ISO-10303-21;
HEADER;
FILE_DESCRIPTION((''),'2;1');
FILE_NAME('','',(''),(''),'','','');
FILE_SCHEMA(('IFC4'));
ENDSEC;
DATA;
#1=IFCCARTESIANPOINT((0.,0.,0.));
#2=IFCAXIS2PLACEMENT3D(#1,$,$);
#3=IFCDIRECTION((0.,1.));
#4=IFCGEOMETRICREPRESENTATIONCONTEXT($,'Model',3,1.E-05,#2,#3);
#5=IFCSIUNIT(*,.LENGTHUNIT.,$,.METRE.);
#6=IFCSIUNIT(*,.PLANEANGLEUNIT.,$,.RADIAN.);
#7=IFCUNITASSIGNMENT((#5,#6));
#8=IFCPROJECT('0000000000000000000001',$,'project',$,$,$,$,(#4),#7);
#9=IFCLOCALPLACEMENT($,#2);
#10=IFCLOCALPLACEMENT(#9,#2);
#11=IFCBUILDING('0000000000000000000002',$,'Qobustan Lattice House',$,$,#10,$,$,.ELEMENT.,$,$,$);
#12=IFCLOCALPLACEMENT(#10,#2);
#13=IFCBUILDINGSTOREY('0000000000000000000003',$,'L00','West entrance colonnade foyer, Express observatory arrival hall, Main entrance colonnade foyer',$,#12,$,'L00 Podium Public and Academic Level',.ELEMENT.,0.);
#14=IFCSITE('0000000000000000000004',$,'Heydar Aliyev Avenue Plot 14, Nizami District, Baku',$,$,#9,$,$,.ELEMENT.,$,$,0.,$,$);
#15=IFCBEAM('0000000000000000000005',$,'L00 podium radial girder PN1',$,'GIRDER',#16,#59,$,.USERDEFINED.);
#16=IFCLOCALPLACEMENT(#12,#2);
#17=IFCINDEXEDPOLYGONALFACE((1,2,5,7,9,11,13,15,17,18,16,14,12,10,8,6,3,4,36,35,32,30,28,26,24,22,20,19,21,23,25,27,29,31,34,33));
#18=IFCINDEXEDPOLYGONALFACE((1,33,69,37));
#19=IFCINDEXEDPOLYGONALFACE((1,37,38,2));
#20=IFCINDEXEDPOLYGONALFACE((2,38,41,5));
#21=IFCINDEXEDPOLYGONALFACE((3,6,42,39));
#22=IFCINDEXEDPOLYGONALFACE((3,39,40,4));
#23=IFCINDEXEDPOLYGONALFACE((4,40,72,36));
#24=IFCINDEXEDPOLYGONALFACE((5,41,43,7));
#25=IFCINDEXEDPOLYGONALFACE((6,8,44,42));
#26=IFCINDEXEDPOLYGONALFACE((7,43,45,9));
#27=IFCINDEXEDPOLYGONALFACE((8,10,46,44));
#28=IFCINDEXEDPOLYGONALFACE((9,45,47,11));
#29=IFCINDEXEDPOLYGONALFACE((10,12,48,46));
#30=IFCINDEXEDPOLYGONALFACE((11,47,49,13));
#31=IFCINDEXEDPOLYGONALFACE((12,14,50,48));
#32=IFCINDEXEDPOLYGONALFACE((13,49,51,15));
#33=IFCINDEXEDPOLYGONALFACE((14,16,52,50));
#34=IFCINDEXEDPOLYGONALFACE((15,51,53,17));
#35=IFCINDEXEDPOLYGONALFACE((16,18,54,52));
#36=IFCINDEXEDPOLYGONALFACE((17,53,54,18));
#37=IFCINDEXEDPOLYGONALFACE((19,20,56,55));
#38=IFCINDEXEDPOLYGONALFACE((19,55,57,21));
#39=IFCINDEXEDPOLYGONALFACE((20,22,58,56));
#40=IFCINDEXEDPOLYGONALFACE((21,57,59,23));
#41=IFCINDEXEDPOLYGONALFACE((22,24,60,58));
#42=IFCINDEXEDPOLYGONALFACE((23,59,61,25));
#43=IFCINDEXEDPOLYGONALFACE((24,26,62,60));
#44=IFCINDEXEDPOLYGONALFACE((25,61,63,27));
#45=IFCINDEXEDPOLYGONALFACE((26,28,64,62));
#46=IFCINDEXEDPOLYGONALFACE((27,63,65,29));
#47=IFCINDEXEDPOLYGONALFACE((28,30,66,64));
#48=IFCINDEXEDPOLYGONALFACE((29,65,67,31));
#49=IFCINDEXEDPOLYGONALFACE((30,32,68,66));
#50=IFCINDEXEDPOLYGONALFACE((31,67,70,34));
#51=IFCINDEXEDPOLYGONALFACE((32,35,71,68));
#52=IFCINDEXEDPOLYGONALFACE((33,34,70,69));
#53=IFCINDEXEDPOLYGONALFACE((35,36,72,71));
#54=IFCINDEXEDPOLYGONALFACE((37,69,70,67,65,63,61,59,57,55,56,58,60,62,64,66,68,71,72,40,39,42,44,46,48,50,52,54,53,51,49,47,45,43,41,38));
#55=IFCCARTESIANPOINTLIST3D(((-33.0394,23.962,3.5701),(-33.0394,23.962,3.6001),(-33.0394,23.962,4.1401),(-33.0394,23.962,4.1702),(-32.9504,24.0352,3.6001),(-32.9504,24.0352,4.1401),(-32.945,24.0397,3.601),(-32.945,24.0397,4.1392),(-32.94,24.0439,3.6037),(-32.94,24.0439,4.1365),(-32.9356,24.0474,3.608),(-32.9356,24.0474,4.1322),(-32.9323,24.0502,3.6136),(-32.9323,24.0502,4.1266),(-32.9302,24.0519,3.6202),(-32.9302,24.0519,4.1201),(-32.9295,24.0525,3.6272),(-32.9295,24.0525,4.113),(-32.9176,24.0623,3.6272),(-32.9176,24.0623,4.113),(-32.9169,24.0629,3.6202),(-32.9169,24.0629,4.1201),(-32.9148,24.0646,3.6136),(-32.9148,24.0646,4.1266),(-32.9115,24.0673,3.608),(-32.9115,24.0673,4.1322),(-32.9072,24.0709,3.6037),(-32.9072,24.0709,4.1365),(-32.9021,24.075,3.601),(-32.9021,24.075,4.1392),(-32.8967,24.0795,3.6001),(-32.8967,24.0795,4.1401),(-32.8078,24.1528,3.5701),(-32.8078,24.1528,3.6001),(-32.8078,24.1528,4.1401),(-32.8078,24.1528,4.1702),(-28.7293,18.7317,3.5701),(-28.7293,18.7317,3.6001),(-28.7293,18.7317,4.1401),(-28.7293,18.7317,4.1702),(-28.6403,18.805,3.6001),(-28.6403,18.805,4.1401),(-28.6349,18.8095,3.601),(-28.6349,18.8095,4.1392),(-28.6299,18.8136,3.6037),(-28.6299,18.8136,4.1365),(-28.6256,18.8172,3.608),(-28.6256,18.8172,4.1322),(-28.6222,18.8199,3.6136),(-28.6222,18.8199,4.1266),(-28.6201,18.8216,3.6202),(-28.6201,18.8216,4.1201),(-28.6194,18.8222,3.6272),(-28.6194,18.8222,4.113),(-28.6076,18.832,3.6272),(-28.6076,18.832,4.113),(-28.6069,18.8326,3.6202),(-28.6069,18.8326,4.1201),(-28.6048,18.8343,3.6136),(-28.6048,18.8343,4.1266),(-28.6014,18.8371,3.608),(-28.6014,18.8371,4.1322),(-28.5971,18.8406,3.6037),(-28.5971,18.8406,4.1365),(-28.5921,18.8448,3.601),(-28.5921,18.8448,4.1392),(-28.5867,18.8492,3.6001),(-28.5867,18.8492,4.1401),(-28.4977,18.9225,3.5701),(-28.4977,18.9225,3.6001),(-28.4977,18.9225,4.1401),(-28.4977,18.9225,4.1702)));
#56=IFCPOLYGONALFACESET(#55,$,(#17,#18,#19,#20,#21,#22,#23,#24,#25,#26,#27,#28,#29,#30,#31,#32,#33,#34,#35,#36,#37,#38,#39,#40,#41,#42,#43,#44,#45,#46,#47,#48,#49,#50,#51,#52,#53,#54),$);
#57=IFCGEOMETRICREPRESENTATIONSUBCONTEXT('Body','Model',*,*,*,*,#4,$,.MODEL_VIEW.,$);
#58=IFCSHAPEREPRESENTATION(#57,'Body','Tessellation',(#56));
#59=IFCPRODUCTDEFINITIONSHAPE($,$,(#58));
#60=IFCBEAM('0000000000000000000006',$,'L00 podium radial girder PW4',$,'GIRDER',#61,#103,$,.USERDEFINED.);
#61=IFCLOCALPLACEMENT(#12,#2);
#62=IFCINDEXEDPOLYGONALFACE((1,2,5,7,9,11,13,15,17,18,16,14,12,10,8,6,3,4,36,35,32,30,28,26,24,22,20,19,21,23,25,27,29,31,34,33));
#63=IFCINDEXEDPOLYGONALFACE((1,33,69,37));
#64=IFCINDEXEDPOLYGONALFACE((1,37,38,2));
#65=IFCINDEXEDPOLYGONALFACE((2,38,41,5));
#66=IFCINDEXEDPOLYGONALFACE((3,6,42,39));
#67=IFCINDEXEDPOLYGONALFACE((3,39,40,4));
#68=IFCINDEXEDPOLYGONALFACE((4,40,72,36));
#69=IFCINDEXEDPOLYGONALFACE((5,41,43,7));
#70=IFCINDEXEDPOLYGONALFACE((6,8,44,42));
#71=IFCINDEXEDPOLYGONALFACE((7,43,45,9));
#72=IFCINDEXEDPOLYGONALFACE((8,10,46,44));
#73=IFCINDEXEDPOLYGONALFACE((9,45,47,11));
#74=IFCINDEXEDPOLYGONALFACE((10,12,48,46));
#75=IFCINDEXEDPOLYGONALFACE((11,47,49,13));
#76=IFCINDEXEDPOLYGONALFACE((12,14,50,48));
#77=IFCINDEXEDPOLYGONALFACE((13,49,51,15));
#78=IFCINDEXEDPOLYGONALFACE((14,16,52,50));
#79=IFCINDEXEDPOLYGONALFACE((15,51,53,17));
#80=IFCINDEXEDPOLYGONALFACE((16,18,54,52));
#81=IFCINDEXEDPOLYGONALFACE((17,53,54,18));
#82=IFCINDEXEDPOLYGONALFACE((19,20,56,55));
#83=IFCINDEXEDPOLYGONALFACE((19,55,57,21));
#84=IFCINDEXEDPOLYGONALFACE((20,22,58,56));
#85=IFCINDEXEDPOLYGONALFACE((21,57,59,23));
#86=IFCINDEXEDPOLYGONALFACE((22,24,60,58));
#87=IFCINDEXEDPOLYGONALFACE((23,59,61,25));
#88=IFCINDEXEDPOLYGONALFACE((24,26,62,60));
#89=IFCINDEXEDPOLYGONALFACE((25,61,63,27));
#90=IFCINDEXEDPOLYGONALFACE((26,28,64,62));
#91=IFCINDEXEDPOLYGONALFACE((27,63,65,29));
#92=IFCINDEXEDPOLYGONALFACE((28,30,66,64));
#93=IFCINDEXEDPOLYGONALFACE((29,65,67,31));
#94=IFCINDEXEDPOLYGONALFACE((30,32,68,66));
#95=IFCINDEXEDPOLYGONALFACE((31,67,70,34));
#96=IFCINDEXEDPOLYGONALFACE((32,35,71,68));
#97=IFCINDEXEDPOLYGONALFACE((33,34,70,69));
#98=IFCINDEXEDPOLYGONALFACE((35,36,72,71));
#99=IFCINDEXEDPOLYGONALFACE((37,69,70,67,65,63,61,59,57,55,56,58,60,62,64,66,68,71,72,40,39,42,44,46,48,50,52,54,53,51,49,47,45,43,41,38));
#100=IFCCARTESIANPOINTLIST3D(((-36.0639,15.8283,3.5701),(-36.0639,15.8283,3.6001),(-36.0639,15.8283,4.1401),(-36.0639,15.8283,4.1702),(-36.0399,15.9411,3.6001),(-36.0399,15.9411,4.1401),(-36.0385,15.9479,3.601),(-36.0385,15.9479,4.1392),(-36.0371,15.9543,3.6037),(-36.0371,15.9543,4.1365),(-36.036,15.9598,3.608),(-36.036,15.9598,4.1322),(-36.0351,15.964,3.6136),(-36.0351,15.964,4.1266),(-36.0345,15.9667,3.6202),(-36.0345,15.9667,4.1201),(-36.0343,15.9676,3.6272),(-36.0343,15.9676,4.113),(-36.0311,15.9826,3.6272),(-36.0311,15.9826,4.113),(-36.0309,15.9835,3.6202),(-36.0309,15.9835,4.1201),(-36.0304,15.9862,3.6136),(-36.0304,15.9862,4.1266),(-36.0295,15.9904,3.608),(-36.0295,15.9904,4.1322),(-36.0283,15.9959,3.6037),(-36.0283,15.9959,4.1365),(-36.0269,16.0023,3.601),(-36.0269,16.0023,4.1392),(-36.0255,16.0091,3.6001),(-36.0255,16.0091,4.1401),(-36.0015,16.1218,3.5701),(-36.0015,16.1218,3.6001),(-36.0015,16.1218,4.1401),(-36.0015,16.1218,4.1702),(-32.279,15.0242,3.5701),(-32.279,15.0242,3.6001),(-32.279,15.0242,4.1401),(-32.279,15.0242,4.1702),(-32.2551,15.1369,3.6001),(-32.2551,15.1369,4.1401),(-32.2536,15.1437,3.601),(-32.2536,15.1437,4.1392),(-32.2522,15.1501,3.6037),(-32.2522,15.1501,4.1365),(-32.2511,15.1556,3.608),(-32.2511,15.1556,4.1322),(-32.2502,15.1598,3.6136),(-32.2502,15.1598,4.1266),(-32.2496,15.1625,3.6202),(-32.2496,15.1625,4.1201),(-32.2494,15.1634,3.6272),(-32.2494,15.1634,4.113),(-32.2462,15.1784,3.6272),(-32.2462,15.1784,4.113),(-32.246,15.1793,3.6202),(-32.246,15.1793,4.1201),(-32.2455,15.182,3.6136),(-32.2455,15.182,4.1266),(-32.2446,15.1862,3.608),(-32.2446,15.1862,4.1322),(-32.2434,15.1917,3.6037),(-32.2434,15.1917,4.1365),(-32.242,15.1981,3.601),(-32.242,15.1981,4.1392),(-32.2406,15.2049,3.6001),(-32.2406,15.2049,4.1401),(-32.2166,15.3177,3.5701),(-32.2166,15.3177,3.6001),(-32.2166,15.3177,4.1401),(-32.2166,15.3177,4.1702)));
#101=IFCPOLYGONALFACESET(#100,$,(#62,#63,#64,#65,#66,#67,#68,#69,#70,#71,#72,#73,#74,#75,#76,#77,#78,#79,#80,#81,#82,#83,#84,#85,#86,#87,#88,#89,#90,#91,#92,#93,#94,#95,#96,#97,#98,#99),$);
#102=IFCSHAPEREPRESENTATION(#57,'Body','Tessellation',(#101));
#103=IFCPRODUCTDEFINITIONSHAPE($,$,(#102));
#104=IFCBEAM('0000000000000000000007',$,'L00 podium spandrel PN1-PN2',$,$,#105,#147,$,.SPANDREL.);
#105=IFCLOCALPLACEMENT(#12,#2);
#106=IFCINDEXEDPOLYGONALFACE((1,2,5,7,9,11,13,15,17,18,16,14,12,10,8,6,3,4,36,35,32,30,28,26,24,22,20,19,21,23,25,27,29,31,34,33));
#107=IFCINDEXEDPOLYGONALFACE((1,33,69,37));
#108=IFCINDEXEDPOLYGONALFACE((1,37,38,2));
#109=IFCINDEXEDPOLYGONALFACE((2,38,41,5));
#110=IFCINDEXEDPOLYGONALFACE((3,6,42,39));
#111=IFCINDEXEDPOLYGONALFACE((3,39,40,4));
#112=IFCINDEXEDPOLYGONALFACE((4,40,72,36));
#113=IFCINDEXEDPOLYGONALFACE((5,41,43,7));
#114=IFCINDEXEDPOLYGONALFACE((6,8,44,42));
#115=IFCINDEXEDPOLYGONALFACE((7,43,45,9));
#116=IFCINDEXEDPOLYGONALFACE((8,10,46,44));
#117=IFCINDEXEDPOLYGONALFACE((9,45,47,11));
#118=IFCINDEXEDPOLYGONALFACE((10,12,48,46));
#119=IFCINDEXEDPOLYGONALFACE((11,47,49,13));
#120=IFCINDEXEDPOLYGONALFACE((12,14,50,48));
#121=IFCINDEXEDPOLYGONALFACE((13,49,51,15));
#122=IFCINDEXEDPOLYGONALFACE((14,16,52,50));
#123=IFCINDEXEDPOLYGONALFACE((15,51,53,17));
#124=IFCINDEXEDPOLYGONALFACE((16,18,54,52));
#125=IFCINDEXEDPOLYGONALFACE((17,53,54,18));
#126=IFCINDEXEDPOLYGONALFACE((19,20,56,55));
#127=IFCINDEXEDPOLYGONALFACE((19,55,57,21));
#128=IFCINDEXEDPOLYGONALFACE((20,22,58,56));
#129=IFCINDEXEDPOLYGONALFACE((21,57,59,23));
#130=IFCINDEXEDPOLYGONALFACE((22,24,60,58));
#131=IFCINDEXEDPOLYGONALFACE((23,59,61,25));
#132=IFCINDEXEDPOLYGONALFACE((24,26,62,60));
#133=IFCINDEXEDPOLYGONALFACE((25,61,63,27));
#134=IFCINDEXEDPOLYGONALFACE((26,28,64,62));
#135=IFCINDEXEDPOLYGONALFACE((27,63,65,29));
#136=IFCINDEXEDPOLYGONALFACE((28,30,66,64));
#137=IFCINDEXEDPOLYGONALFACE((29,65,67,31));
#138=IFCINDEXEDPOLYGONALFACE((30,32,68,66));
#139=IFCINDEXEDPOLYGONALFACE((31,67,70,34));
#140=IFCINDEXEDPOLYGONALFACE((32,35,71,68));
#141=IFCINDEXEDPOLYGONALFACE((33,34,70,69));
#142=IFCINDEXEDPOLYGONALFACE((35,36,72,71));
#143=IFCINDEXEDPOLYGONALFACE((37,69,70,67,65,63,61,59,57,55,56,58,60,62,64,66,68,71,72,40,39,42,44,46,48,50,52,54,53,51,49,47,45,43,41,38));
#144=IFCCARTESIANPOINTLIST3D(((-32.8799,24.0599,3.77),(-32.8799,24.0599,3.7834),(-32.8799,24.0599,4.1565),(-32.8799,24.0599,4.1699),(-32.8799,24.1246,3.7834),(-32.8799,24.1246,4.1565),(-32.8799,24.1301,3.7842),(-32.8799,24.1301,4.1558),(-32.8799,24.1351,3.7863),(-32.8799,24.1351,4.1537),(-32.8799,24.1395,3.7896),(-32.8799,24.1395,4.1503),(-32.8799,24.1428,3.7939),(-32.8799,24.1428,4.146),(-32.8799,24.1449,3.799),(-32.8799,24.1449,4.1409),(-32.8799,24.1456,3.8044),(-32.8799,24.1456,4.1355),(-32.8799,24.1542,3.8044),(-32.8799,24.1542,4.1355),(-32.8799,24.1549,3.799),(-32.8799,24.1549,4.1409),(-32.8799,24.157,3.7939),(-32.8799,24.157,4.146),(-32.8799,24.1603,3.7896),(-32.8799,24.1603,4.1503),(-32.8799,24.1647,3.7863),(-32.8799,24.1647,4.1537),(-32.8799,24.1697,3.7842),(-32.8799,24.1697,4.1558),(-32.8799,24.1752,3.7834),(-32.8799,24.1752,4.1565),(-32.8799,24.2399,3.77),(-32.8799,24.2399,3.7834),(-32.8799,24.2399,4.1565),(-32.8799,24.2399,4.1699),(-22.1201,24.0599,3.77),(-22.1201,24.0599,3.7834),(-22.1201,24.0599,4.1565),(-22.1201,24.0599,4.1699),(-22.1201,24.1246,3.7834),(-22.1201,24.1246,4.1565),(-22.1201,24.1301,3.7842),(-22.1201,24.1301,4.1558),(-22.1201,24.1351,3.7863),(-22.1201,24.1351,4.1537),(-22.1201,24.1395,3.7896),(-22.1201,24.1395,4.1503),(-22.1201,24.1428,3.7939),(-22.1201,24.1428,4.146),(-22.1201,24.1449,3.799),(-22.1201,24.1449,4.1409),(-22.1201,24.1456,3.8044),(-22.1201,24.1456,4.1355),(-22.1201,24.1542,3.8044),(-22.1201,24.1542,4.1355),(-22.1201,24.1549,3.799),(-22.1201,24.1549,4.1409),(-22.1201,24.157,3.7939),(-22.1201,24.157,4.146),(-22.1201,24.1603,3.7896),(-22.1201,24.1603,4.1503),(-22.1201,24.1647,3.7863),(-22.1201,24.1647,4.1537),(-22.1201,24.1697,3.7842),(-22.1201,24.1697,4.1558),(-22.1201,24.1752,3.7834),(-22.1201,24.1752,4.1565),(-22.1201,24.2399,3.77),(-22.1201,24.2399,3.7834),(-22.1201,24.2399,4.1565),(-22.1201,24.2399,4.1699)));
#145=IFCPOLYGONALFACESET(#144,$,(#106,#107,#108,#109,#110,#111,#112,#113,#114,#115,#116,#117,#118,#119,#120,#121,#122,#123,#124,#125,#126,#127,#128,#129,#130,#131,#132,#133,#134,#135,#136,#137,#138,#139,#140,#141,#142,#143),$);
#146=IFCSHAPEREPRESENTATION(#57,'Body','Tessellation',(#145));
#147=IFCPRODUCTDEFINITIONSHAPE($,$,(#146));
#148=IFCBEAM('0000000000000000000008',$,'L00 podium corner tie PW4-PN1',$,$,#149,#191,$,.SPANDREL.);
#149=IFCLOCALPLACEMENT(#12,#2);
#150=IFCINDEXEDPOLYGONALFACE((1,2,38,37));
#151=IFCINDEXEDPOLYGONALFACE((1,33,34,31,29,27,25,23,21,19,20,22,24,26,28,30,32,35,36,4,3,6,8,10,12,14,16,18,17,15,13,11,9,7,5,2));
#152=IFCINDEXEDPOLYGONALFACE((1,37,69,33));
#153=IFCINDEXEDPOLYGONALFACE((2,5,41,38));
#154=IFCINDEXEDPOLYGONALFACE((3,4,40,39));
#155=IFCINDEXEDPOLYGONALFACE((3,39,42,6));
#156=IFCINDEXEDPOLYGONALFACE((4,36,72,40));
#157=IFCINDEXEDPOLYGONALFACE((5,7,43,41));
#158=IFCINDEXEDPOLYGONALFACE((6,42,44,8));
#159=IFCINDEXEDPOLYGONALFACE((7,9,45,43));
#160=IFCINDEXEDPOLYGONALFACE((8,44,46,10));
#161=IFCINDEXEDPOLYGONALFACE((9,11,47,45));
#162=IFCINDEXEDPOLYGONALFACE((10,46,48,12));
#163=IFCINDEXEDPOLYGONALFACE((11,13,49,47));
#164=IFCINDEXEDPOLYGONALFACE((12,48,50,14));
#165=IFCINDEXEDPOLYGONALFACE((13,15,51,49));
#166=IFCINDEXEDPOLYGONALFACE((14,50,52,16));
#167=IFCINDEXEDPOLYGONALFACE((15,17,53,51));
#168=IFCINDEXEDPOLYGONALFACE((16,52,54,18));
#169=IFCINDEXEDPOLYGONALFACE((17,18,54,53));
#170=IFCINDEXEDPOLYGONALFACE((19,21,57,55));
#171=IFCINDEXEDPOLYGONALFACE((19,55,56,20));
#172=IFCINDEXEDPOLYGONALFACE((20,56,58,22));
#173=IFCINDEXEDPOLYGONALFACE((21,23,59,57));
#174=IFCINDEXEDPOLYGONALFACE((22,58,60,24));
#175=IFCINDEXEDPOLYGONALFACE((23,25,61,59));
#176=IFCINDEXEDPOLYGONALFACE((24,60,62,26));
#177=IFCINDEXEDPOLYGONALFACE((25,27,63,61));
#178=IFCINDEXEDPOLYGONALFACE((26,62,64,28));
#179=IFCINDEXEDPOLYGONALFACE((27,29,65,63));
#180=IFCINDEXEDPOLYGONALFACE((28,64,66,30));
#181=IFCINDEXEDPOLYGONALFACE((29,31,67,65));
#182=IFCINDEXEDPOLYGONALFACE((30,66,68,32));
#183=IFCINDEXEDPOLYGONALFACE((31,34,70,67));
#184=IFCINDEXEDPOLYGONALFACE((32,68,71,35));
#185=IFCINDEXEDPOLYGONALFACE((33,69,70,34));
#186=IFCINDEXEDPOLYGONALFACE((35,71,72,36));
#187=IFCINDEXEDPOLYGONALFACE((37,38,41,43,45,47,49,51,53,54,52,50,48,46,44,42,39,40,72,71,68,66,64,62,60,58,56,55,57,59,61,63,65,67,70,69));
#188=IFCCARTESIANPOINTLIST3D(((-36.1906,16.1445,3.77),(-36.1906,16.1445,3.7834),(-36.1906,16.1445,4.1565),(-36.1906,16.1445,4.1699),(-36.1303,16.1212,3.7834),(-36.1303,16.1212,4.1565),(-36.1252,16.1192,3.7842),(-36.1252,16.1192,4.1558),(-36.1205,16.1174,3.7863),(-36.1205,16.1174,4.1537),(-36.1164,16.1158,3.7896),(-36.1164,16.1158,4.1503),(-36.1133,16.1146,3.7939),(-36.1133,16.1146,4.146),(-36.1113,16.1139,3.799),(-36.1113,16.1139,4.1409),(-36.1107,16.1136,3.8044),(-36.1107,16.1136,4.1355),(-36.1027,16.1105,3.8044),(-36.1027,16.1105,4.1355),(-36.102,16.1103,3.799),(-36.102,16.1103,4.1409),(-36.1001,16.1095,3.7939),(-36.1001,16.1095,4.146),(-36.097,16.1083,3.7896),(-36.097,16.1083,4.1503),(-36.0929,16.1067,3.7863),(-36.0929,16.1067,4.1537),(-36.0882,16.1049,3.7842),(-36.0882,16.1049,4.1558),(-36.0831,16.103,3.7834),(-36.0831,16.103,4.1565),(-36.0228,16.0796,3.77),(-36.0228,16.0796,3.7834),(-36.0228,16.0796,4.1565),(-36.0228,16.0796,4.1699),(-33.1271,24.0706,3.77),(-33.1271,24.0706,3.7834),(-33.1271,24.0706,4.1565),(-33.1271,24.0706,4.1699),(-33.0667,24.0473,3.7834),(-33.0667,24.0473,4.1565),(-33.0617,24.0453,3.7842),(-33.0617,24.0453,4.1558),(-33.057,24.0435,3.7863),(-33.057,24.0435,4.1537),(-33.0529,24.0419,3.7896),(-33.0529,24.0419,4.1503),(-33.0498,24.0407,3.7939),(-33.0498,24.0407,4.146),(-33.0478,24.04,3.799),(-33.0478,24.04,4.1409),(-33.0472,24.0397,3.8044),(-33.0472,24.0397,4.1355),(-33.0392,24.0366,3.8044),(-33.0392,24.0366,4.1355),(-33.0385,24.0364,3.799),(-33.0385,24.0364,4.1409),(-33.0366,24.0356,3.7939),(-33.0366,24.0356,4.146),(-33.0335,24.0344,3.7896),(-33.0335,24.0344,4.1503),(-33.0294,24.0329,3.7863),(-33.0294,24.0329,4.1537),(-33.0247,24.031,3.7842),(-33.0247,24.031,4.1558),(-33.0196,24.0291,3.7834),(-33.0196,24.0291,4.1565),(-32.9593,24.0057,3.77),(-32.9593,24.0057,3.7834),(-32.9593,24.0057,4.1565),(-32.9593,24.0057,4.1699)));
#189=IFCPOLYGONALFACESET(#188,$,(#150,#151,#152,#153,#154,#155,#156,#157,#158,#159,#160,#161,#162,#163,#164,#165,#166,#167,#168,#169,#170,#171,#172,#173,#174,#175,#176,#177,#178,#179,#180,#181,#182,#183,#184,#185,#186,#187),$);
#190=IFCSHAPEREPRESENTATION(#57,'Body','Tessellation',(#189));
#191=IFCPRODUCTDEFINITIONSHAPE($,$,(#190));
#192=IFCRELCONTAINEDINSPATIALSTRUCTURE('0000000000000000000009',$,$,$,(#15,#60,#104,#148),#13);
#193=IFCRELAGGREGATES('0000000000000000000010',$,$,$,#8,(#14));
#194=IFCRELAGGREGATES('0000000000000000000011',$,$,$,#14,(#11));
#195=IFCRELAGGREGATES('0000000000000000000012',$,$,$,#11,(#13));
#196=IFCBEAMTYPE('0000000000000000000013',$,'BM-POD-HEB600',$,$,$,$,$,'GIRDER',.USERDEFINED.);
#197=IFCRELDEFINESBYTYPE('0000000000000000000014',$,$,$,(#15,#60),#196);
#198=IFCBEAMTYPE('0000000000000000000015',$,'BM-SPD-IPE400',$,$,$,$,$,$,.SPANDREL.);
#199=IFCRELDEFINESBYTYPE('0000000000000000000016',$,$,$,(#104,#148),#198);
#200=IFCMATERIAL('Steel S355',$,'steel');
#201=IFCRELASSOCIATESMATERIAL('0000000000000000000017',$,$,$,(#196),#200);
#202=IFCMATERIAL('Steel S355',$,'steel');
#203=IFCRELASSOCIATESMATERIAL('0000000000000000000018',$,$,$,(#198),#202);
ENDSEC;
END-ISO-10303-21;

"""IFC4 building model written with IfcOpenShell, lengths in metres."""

from ifc_helpers import new_model, si_unit, direction, frame, origin, origin_2d, place, context, subcontext, project, spatial, i_section, extrude, material, material_profile, profile_set, type_object, element, save


model = new_model("IFC4")

# Units and contexts
model_context = context("Model", 3, precision=1e-05, world=origin(), true_north=direction((0.0, 1.0)))
body_context = subcontext(model_context, "Body", "Model", "MODEL_VIEW")
ifc_project = project(units=[si_unit("LENGTHUNIT", "METRE"), si_unit("PLANEANGLEUNIT", "RADIAN")], contexts=[model_context])

# Site, building, storey
site_placement = place(None, origin())
site = spatial("IfcSite", under=ifc_project, at=site_placement, Name="Heydar Aliyev Avenue Plot 14, Nizami District, Baku", CompositionType="ELEMENT", RefElevation=0.0)
building_placement = place(site_placement, origin())
building = spatial("IfcBuilding", under=site, at=building_placement, Name="Qobustan Lattice House", CompositionType="ELEMENT")
storey_placement = place(building_placement, origin())
storey = spatial("IfcBuildingStorey", under=building, at=storey_placement, Name="L00", Description="West entrance colonnade foyer, Express observatory arrival hall, Main entrance colonnade foyer", LongName="L00 Podium Public and Academic Level", CompositionType="ELEMENT", Elevation=0.0)

# Beams
ifc_material_1 = material(Name="Steel S355", Category="steel")
ifc_material_profile_1 = material_profile(ifc_material_1, i_section(OverallWidth=0.3, OverallDepth=0.6001, WebThickness=0.0154, FlangeThickness=0.03, FilletRadius=0.0271, at=origin_2d()), Name="HEB600")
ifc_profile_set_1 = profile_set([ifc_material_profile_1], Name="Steel S355")
beam_type_1 = type_object("IfcBeamType", Name="BM-POD-HEB600", ElementType="GIRDER", PredefinedType="USERDEFINED", material=ifc_profile_set_1)
beam_1_placement = place(storey_placement, frame((-32.9236, 24.0574, 3.8701), z_axis=(0.635955, -0.771726, 0.0), x_axis=(0.771726, 0.635955, 0.0)))
element("IfcBeam", 1, at=beam_1_placement, inside=storey, type_object=beam_type_1, Name="L00 podium radial girder PN1", ObjectType="GIRDER", PredefinedType="USERDEFINED", context=body_context, shape_type="SweptSolid", body=[
    extrude(i_section(OverallWidth=0.3, OverallDepth=0.6001, WebThickness=0.0154, FlangeThickness=0.03, FilletRadius=0.0271, at=origin_2d()), origin(), (0.0, 0.0, 1.0), 6.7773),
])
beam_2_placement = place(storey_placement, frame((-36.0327, 15.9751, 3.8701), z_axis=(0.978164, -0.207835, 0.0), x_axis=(0.207835, 0.978164, 0.0)))
element("IfcBeam", 2, at=beam_2_placement, inside=storey, type_object=beam_type_1, Name="L00 podium radial girder PW4", ObjectType="GIRDER", PredefinedType="USERDEFINED", context=body_context, shape_type="SweptSolid", body=[
    extrude(i_section(OverallWidth=0.3, OverallDepth=0.6001, WebThickness=0.0154, FlangeThickness=0.03, FilletRadius=0.0271, at=origin_2d()), origin(), (0.0, 0.0, 1.0), 3.8694),
])
ifc_material_2 = material(Name="Steel S355", Category="steel")
ifc_material_profile_2 = material_profile(ifc_material_2, i_section(OverallWidth=0.1799, OverallDepth=0.3999, WebThickness=0.0085, FlangeThickness=0.0134, FilletRadius=0.021, at=origin_2d()), Name="IPE400")
ifc_profile_set_2 = profile_set([ifc_material_profile_2], Name="Steel S355")
beam_type_2 = type_object("IfcBeamType", Name="BM-SPD-IPE400", PredefinedType="SPANDREL", material=ifc_profile_set_2)
beam_3_placement = place(storey_placement, frame((-32.8799, 24.1499, 3.97), z_axis=(1.0, 0.0, 0.0), x_axis=(0.0, 1.0, 0.0)))
element("IfcBeam", 3, at=beam_3_placement, inside=storey, type_object=beam_type_2, Name="L00 podium spandrel PN1-PN2", PredefinedType="SPANDREL", context=body_context, shape_type="SweptSolid", body=[
    extrude(i_section(OverallWidth=0.1799, OverallDepth=0.3999, WebThickness=0.0085, FlangeThickness=0.0134, FilletRadius=0.021, at=origin_2d()), origin(), (0.0, 0.0, 1.0), 10.7598),
])
beam_4_placement = place(storey_placement, frame((-36.1067, 16.1121, 3.97), z_axis=(0.360517, 0.932753, 0.0), x_axis=(-0.932753, 0.360517, 0.0)))
element("IfcBeam", 4, at=beam_4_placement, inside=storey, type_object=beam_type_2, Name="L00 podium corner tie PW4-PN1", PredefinedType="SPANDREL", context=body_context, shape_type="SweptSolid", body=[
    extrude(i_section(OverallWidth=0.1799, OverallDepth=0.3999, WebThickness=0.0085, FlangeThickness=0.0134, FilletRadius=0.021, at=origin_2d()), origin(), (0.0, 0.0, 1.0), 8.4976),
])

save(model, "model.ifc")
